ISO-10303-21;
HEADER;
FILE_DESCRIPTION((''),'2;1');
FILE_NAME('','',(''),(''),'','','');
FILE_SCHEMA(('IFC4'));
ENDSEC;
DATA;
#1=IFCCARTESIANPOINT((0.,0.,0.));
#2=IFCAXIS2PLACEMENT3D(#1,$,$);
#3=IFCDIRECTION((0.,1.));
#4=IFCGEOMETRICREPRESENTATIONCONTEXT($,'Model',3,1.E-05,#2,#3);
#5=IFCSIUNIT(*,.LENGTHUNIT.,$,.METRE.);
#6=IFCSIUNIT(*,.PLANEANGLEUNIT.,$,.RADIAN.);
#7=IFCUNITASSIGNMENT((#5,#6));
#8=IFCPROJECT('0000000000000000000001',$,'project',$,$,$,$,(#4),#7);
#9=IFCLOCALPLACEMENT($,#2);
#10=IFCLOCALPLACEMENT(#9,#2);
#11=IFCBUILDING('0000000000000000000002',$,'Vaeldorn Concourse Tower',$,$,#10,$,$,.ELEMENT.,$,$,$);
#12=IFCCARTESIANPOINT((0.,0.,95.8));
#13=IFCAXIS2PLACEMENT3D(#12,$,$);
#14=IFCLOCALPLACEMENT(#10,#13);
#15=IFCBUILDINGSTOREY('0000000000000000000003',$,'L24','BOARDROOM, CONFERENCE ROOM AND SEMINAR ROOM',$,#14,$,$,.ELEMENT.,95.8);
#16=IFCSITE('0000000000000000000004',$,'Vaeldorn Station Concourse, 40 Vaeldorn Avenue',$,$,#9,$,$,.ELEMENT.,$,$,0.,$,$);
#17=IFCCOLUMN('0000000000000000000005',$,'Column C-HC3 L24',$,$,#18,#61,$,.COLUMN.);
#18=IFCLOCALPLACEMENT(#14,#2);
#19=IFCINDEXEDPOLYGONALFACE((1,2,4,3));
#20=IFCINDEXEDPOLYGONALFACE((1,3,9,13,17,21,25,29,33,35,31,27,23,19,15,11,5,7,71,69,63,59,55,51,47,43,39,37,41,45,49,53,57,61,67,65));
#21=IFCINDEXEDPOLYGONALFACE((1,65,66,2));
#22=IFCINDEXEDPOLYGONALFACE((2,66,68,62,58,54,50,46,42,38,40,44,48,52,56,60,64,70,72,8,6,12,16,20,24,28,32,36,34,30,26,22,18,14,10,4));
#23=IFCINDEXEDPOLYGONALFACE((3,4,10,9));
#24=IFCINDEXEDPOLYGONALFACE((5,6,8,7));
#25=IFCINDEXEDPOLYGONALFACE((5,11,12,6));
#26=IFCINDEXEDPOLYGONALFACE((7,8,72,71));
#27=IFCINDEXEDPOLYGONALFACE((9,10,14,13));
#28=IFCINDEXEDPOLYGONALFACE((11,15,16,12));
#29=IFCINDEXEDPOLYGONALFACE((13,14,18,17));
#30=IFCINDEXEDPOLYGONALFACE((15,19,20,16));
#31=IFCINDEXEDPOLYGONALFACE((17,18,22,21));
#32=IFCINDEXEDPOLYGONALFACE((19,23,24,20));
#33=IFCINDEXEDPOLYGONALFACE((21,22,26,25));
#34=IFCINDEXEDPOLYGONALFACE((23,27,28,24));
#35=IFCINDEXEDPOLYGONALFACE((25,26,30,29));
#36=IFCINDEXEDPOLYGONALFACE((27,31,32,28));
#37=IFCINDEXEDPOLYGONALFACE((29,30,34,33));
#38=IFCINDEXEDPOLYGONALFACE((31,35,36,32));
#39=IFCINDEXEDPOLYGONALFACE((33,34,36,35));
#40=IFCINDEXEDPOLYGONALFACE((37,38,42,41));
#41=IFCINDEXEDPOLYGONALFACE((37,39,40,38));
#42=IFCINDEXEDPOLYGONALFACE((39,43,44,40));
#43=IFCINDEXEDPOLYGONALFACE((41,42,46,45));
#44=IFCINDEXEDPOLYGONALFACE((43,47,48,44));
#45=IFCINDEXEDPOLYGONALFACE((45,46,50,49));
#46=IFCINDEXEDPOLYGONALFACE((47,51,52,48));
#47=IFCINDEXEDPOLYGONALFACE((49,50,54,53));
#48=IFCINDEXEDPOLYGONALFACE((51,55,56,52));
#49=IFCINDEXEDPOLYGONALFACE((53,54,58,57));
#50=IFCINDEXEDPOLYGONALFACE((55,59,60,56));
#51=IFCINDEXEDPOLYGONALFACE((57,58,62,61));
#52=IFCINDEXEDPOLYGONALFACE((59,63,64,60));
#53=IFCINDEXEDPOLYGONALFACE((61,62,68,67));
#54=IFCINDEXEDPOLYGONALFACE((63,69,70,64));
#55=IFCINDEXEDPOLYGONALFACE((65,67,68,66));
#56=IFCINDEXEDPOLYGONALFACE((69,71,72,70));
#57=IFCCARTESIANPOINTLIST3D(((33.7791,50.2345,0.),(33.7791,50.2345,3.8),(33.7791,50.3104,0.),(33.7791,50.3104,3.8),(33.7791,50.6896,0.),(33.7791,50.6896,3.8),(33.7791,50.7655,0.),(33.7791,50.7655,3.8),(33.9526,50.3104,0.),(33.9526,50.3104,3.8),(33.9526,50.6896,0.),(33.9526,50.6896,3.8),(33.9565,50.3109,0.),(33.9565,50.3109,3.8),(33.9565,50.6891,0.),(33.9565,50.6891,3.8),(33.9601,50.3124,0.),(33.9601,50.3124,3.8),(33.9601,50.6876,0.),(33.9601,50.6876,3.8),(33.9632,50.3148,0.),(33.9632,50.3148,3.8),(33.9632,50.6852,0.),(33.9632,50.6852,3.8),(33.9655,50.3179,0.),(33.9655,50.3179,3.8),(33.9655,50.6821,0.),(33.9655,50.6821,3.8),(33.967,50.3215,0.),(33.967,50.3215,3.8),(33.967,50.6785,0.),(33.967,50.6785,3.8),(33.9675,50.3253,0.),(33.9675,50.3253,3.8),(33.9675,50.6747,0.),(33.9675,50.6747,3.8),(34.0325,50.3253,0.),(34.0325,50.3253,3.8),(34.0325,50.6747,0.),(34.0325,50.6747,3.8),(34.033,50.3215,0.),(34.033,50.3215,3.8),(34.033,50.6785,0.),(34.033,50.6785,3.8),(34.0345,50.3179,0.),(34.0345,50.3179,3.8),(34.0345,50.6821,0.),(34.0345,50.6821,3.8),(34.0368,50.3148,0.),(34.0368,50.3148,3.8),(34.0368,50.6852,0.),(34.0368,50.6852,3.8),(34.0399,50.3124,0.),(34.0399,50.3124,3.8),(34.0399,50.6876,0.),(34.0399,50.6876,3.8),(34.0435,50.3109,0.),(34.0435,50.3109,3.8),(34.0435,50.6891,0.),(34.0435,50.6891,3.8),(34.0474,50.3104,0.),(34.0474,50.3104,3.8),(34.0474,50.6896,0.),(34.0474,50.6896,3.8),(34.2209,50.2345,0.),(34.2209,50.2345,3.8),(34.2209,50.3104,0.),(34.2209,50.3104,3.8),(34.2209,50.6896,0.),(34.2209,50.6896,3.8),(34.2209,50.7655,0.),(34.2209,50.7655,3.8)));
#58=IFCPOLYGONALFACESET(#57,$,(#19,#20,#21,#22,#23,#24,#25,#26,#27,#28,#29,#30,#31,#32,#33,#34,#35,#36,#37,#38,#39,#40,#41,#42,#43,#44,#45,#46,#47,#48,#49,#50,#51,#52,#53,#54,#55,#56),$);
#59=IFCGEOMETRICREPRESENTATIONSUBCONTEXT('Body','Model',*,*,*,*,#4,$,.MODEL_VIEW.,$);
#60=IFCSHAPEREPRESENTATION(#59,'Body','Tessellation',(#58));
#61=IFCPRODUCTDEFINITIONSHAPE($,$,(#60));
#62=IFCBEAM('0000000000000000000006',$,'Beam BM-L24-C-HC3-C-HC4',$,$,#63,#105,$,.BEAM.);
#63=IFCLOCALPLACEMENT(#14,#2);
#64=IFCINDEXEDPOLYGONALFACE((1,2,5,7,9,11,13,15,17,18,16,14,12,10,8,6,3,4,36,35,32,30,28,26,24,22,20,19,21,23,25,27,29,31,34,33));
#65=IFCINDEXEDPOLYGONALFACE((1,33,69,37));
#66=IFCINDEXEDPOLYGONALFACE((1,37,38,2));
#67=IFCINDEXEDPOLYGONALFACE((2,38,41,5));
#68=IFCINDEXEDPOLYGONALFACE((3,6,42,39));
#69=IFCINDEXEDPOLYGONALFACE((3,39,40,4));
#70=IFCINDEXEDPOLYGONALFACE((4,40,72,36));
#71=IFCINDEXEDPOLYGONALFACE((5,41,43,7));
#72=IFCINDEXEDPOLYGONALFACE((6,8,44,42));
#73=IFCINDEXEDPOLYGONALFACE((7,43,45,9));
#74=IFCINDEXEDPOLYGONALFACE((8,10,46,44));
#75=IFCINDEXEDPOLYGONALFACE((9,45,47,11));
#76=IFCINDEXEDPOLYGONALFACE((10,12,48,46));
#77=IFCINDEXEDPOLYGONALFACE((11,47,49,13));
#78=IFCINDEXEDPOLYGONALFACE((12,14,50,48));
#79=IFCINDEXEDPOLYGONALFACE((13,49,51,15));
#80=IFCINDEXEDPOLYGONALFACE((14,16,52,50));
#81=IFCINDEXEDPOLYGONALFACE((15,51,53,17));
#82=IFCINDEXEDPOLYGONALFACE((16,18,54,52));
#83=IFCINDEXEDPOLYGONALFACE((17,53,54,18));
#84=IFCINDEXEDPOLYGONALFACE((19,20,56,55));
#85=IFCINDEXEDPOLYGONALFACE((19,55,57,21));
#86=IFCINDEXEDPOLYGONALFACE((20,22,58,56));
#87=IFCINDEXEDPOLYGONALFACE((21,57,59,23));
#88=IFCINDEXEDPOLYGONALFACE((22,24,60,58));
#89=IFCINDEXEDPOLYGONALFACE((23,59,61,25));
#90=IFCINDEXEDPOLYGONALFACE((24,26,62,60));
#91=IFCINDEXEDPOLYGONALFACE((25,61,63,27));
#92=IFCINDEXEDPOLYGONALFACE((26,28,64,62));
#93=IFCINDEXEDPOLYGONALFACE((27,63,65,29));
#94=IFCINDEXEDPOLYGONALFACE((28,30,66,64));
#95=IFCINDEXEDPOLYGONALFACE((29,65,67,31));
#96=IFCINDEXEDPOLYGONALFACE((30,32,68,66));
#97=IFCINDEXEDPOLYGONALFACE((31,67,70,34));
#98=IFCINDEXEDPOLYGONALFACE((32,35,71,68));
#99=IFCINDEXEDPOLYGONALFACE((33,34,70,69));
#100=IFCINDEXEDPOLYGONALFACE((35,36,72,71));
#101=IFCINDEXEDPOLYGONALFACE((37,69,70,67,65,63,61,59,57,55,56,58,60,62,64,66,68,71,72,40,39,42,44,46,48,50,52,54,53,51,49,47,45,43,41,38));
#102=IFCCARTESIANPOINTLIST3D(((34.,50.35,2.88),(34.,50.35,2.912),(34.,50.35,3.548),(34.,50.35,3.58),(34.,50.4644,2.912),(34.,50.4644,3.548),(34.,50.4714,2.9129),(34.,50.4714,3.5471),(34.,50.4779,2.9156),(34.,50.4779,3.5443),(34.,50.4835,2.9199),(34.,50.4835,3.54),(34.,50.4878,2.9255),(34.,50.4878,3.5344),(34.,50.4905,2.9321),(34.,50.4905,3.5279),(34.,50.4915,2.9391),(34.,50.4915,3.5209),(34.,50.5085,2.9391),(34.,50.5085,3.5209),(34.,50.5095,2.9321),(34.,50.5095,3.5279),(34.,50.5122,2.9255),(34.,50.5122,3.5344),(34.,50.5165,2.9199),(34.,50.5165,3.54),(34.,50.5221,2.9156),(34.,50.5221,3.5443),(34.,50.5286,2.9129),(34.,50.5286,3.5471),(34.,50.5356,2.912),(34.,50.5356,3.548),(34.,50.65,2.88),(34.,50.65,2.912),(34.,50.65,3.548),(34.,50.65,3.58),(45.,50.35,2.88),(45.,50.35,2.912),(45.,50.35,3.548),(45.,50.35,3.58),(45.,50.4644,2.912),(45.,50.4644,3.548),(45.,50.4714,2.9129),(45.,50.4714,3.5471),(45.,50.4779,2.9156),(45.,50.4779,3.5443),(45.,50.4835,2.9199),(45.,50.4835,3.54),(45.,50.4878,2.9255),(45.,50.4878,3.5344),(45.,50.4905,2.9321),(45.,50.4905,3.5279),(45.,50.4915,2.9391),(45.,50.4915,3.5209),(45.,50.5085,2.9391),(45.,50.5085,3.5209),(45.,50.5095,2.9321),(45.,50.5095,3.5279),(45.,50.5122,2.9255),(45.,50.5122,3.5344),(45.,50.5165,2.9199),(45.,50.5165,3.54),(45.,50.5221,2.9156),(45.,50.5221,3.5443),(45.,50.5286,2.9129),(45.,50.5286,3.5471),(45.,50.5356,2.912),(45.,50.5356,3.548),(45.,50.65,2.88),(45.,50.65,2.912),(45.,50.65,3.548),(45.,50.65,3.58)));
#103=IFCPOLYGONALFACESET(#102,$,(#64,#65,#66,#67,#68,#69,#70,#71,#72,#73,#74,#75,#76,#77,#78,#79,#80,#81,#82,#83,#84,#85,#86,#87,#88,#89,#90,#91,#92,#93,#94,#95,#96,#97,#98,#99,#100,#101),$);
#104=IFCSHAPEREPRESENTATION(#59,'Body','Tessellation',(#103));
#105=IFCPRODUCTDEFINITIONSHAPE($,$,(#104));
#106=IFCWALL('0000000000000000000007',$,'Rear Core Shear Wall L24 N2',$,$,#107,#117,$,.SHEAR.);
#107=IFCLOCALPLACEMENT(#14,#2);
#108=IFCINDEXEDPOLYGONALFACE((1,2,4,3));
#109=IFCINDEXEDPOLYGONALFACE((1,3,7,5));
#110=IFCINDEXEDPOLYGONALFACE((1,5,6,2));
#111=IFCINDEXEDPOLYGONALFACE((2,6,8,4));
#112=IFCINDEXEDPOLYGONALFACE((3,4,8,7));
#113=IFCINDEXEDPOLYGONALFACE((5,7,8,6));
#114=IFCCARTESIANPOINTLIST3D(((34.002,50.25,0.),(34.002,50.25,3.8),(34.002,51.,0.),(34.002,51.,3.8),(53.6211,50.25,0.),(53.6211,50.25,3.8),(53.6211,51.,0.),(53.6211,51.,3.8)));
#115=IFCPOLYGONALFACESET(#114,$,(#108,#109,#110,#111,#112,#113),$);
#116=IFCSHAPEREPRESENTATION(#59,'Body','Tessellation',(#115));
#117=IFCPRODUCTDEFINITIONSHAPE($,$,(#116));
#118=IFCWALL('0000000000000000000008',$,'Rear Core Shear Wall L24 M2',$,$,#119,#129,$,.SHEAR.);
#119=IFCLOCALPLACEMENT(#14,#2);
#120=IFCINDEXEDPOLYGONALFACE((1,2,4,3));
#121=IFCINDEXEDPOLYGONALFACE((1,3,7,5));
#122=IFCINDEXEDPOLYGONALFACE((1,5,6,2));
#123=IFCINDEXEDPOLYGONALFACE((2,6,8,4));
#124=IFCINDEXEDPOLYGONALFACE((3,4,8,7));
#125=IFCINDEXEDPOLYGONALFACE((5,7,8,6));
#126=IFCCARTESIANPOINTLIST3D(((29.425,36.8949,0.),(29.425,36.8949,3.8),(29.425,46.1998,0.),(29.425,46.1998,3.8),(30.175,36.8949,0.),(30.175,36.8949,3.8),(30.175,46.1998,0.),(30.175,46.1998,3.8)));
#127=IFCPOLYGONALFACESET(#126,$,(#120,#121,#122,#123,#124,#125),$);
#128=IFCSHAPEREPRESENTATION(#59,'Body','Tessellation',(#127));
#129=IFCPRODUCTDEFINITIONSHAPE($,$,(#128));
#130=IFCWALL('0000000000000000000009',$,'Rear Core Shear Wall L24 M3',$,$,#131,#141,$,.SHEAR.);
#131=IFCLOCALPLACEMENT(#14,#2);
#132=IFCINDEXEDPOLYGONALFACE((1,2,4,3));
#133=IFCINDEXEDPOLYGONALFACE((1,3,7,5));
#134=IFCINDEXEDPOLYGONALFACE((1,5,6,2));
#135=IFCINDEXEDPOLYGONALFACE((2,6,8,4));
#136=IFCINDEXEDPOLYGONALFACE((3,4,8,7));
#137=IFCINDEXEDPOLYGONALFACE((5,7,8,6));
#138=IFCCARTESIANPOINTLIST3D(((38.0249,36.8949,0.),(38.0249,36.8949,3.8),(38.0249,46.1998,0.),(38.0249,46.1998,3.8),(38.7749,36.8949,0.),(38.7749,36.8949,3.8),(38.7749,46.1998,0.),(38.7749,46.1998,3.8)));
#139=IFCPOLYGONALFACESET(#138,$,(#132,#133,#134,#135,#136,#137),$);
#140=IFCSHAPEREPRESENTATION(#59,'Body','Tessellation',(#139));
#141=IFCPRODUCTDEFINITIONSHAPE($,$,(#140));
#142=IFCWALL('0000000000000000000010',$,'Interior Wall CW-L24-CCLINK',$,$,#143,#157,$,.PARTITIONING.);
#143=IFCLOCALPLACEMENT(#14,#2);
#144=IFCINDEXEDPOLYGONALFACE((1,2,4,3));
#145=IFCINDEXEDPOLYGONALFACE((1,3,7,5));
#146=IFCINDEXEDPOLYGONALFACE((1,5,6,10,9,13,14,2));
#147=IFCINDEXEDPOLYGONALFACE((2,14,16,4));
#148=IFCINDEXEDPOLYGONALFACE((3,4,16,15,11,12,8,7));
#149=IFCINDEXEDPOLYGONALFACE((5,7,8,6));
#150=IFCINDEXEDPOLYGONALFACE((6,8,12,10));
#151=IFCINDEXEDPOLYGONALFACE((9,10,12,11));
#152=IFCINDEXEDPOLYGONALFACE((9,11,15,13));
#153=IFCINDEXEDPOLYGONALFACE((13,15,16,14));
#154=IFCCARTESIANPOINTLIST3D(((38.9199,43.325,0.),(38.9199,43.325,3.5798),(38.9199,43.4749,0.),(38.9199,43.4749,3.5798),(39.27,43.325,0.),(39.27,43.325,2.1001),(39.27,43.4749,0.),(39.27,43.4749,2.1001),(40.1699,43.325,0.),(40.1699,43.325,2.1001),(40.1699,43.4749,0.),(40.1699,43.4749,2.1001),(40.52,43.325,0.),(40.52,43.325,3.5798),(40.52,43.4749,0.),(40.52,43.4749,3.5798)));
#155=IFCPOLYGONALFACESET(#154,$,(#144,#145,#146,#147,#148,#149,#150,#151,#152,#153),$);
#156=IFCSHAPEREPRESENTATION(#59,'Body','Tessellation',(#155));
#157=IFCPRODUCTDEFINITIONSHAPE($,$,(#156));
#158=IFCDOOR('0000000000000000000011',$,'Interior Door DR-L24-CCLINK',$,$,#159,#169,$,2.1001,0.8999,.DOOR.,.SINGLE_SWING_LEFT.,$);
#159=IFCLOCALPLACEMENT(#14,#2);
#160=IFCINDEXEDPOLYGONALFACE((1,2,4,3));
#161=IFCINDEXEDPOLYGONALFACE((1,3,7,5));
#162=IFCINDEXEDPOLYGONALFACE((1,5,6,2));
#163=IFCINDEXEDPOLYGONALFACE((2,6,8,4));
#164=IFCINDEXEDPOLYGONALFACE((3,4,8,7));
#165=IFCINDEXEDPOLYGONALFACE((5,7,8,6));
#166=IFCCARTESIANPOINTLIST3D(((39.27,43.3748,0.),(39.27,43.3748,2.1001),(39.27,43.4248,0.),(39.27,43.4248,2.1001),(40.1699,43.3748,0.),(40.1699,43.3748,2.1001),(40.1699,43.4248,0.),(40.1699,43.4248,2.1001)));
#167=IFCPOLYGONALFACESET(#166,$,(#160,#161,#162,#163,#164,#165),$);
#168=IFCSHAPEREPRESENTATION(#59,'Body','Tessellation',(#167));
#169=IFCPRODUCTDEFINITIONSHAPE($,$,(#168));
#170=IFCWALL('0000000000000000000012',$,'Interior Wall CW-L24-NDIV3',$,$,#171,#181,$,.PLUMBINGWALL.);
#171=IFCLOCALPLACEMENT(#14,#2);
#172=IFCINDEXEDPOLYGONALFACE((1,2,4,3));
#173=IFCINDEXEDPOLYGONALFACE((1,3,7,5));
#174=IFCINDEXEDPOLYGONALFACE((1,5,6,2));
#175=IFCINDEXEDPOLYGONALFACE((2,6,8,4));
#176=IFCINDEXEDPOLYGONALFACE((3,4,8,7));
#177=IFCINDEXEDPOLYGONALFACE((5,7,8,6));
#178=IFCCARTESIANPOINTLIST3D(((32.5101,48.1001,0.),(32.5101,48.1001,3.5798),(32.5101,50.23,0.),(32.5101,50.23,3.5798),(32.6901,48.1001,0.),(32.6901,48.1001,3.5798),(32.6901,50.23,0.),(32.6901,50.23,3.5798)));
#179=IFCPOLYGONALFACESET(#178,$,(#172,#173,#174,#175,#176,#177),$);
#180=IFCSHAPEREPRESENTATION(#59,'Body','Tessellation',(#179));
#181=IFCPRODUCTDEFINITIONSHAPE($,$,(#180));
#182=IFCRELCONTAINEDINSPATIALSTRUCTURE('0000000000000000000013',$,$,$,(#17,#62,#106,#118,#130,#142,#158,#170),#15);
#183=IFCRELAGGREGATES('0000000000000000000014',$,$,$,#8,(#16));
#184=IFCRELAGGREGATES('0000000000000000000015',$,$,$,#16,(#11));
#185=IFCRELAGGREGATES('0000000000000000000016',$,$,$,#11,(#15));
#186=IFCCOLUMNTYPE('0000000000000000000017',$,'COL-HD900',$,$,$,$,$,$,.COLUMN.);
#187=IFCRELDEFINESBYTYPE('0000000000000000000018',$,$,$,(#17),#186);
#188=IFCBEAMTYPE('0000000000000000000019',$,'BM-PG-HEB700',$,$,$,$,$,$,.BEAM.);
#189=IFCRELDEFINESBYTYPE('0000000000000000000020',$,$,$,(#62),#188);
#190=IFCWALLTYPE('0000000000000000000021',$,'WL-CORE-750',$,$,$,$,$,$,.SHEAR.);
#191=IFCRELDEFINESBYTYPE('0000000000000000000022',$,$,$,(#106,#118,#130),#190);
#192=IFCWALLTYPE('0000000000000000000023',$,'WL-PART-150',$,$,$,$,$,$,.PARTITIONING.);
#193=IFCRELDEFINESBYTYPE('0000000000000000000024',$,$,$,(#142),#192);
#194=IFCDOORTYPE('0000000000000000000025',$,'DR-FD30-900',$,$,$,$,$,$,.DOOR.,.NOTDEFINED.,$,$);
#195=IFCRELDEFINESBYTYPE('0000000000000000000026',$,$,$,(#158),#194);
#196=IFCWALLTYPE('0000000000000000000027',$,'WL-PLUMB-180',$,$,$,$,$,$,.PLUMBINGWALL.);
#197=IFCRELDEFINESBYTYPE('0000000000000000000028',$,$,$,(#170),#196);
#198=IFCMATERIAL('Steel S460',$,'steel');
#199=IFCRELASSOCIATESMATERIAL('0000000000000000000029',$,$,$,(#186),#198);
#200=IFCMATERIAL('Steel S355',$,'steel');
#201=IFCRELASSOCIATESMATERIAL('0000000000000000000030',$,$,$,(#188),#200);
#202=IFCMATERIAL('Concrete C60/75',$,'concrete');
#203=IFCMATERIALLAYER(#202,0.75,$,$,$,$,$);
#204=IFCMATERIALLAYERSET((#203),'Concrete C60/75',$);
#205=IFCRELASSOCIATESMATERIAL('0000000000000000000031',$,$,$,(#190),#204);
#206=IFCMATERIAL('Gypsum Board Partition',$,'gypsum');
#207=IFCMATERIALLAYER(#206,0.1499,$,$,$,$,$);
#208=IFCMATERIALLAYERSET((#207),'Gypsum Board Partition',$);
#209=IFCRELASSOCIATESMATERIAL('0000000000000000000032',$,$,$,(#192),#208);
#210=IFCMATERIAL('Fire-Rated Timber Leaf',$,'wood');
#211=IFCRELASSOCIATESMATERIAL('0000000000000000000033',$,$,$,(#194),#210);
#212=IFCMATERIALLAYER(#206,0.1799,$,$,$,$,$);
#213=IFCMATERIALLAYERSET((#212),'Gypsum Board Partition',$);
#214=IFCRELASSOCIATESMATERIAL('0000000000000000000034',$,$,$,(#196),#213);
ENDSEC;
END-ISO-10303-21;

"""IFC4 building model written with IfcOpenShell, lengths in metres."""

from ifc_helpers import new_model, si_unit, direction, frame, frame_2d, origin, origin_2d, place, context, subcontext, project, spatial, rectangle, i_section, extrude, source, transform, mapped, material, layer, layer_set, material_profile, profile_set, type_object, element, fill, save


model = new_model("IFC4")

# Units and contexts
model_context = context("Model", 3, precision=1e-05, world=origin(), true_north=direction((0.0, 1.0)))
body_context = subcontext(model_context, "Body", "Model", "MODEL_VIEW")
ifc_project = project(units=[si_unit("LENGTHUNIT", "METRE"), si_unit("PLANEANGLEUNIT", "RADIAN")], contexts=[model_context])

# Site, building, storey
site_placement = place(None, origin())
site = spatial("IfcSite", under=ifc_project, at=site_placement, Name="Vaeldorn Station Concourse, 40 Vaeldorn Avenue", CompositionType="ELEMENT", RefElevation=0.0)
building_placement = place(site_placement, origin())
building = spatial("IfcBuilding", under=site, at=building_placement, Name="Vaeldorn Concourse Tower", CompositionType="ELEMENT")
storey_placement = place(building_placement, frame((0.0, 0.0, 95.8)))
storey = spatial("IfcBuildingStorey", under=building, at=storey_placement, Name="L24", Description="BOARDROOM, CONFERENCE ROOM AND SEMINAR ROOM", CompositionType="ELEMENT", Elevation=95.8)

# Column
ifc_material_1 = material(Name="Steel S460", Category="steel")
ifc_material_profile_1 = material_profile(ifc_material_1, i_section(OverallWidth=0.4419, OverallDepth=0.531, WebThickness=0.0649, FlangeThickness=0.0759, FilletRadius=0.0149, at=origin_2d()), Name="HD 400x900")
ifc_profile_set_1 = profile_set([ifc_material_profile_1], Name="Steel S460")
column_type = type_object("IfcColumnType", Name="COL-HD900", PredefinedType="COLUMN", material=ifc_profile_set_1)
shared_shape_1 = source(origin(), body_context, "Body", "SweptSolid", [
    extrude(i_section(OverallWidth=0.4419, OverallDepth=0.531, WebThickness=0.0649, FlangeThickness=0.0759, FilletRadius=0.0149, at=origin_2d()), origin(), (0.0, 0.0, 1.0), 3.8),
])
column_placement = place(storey_placement, frame((34.0, 50.5, 0.0), z_axis=(0.0, 0.0, 1.0), x_axis=(1.0, 0.0, 0.0)))
element("IfcColumn", 1, at=column_placement, inside=storey, type_object=column_type, Name="Column C-HC3 L24", PredefinedType="COLUMN", context=body_context, shape_type="MappedRepresentation", body=[
    mapped(shared_shape_1, transform((0.0, 0.0, 0.0), scale=1.0)),
])

# Beam
ifc_material_2 = material(Name="Steel S355", Category="steel")
ifc_material_profile_2 = material_profile(ifc_material_2, i_section(OverallWidth=0.3, OverallDepth=0.7, WebThickness=0.0171, FlangeThickness=0.032, FilletRadius=0.0271, at=origin_2d()), Name="HEB 700")
ifc_profile_set_2 = profile_set([ifc_material_profile_2], Name="Steel S355")
beam_type = type_object("IfcBeamType", Name="BM-PG-HEB700", PredefinedType="BEAM", material=ifc_profile_set_2)
shared_shape_2 = source(origin(), body_context, "Body", "SweptSolid", [
    extrude(i_section(OverallWidth=0.3, OverallDepth=0.7, WebThickness=0.0171, FlangeThickness=0.032, FilletRadius=0.0271, at=origin_2d()), origin(), (0.0, 0.0, 1.0), 11.0),
])
beam_placement = place(storey_placement, frame((34.0, 50.5, 3.23), z_axis=(1.0, 0.0, 0.0), x_axis=(0.0, 1.0, 0.0)))
element("IfcBeam", 2, at=beam_placement, inside=storey, type_object=beam_type, Name="Beam BM-L24-C-HC3-C-HC4", PredefinedType="BEAM", context=body_context, shape_type="MappedRepresentation", body=[
    mapped(shared_shape_2, transform((0.0, 0.0, 0.0), scale=1.0)),
])

# Walls
ifc_material_3 = material(Name="Concrete C60/75", Category="concrete")
ifc_layer_1 = layer(ifc_material_3, 0.75)
ifc_layer_set_1 = layer_set([ifc_layer_1], Name="Concrete C60/75")
wall_type_1 = type_object("IfcWallType", Name="WL-CORE-750", PredefinedType="SHEAR", material=ifc_layer_set_1)
wall_1_placement = place(storey_placement, frame((34.002, 50.625, 0.0), z_axis=(0.0, 0.0, 1.0), x_axis=(1.0, 0.0, 0.0)))
element("IfcWall", 3, at=wall_1_placement, inside=storey, type_object=wall_type_1, Name="Rear Core Shear Wall L24 N2", PredefinedType="SHEAR", context=body_context, shape_type="SweptSolid", body=[
    extrude(rectangle(XDim=19.6191, YDim=0.75, at=frame_2d((9.8096, 0.0))), origin(), (0.0, 0.0, 1.0), 3.8),
])
for number, where, z_axis, x_axis, name in (
    (4, (29.8, 36.895, 0.0), (0.0, 0.0, 1.0), (0.0, 1.0, 0.0), "Rear Core Shear Wall L24 M2"),
    (5, (38.3999, 36.895, 0.0), (0.0, 0.0, 1.0), (0.0, 1.0, 0.0), "Rear Core Shear Wall L24 M3"),
):
    element("IfcWall", number, at=place(storey_placement, frame(where, z_axis=z_axis, x_axis=x_axis)), inside=storey, type_object=wall_type_1, Name=name, PredefinedType="SHEAR", context=body_context, shape_type="SweptSolid", body=[
        extrude(rectangle(XDim=9.3049, YDim=0.75, at=frame_2d((4.6523, 0.0))), origin(), (0.0, 0.0, 1.0), 3.8),
    ])

# Wall, opening, door
ifc_material_4 = material(Name="Gypsum Board Partition", Category="gypsum")
ifc_layer_2 = layer(ifc_material_4, 0.1499)
ifc_layer_set_2 = layer_set([ifc_layer_2], Name="Gypsum Board Partition")
wall_type_2 = type_object("IfcWallType", Name="WL-PART-150", PredefinedType="PARTITIONING", material=ifc_layer_set_2)
wall_2_placement = place(storey_placement, frame((38.9199, 43.3999, 0.0), z_axis=(0.0, 0.0, 1.0), x_axis=(1.0, 0.0, 0.0)))
wall_2 = element("IfcWall", 6, at=wall_2_placement, inside=storey, type_object=wall_type_2, Name="Interior Wall CW-L24-CCLINK", PredefinedType="PARTITIONING", context=body_context, shape_type="SweptSolid", body=[
    extrude(rectangle(XDim=1.6001, YDim=0.1499, at=frame_2d((0.8, 0.0))), origin(), (0.0, 0.0, 1.0), 3.5798),
])
opening_placement = place(wall_2_placement, frame((0.3501, 0.0, 0.0)))
opening = element("IfcOpeningElement", 7, at=opening_placement, cuts=wall_2, PredefinedType="OPENING", context=body_context, shape_type="SweptSolid", body=[
    extrude(rectangle(XDim=0.8999, YDim=2.1001, at=frame_2d((0.45, 1.05))), frame((0.0, 0.085, 0.0), z_axis=(0.0, -1.0, 0.0), x_axis=(1.0, 0.0, 0.0)), (0.0, 0.0, 1.0), 0.1699),
])
ifc_material_5 = material(Name="Fire-Rated Timber Leaf", Category="wood")
door_type = type_object("IfcDoorType", Name="DR-FD30-900", OperationType="NOTDEFINED", PredefinedType="DOOR", material=ifc_material_5)
shared_shape_3 = source(origin(), body_context, "Body", "SweptSolid", [
    extrude(rectangle(XDim=0.8999, YDim=2.1001, at=frame_2d((0.45, 1.05))), frame((0.0, 0.0249, 0.0), z_axis=(0.0, -1.0, 0.0), x_axis=(1.0, 0.0, 0.0)), (0.0, 0.0, 1.0), 0.05),
])
door_placement = place(opening_placement, origin())
door = element("IfcDoor", 8, at=door_placement, inside=storey, type_object=door_type, Name="Interior Door DR-L24-CCLINK", OperationType="SINGLE_SWING_LEFT", OverallHeight=2.1001, OverallWidth=0.8999, PredefinedType="DOOR", context=body_context, shape_type="MappedRepresentation", body=[
    mapped(shared_shape_3, transform((0.0, 0.0, 0.0), scale=1.0)),
])
fill(opening, door)

# Wall
ifc_layer_3 = layer(ifc_material_4, 0.1799)
ifc_layer_set_3 = layer_set([ifc_layer_3], Name="Gypsum Board Partition")
wall_type_3 = type_object("IfcWallType", Name="WL-PLUMB-180", PredefinedType="PLUMBINGWALL", material=ifc_layer_set_3)
for number, where, z_axis, x_axis, name in (
    (9, (32.6001, 48.1001, 0.0), (0.0, 0.0, 1.0), (0.0, 1.0, 0.0), "Interior Wall CW-L24-NDIV3"),
):
    element("IfcWall", number, at=place(storey_placement, frame(where, z_axis=z_axis, x_axis=x_axis)), inside=storey, type_object=wall_type_3, Name=name, PredefinedType="PLUMBINGWALL", context=body_context, shape_type="SweptSolid", body=[
        extrude(rectangle(XDim=2.1299, YDim=0.1799, at=frame_2d((1.0649, 0.0))), origin(), (0.0, 0.0, 1.0), 3.5798),
    ])

save(model, "model.ifc")
